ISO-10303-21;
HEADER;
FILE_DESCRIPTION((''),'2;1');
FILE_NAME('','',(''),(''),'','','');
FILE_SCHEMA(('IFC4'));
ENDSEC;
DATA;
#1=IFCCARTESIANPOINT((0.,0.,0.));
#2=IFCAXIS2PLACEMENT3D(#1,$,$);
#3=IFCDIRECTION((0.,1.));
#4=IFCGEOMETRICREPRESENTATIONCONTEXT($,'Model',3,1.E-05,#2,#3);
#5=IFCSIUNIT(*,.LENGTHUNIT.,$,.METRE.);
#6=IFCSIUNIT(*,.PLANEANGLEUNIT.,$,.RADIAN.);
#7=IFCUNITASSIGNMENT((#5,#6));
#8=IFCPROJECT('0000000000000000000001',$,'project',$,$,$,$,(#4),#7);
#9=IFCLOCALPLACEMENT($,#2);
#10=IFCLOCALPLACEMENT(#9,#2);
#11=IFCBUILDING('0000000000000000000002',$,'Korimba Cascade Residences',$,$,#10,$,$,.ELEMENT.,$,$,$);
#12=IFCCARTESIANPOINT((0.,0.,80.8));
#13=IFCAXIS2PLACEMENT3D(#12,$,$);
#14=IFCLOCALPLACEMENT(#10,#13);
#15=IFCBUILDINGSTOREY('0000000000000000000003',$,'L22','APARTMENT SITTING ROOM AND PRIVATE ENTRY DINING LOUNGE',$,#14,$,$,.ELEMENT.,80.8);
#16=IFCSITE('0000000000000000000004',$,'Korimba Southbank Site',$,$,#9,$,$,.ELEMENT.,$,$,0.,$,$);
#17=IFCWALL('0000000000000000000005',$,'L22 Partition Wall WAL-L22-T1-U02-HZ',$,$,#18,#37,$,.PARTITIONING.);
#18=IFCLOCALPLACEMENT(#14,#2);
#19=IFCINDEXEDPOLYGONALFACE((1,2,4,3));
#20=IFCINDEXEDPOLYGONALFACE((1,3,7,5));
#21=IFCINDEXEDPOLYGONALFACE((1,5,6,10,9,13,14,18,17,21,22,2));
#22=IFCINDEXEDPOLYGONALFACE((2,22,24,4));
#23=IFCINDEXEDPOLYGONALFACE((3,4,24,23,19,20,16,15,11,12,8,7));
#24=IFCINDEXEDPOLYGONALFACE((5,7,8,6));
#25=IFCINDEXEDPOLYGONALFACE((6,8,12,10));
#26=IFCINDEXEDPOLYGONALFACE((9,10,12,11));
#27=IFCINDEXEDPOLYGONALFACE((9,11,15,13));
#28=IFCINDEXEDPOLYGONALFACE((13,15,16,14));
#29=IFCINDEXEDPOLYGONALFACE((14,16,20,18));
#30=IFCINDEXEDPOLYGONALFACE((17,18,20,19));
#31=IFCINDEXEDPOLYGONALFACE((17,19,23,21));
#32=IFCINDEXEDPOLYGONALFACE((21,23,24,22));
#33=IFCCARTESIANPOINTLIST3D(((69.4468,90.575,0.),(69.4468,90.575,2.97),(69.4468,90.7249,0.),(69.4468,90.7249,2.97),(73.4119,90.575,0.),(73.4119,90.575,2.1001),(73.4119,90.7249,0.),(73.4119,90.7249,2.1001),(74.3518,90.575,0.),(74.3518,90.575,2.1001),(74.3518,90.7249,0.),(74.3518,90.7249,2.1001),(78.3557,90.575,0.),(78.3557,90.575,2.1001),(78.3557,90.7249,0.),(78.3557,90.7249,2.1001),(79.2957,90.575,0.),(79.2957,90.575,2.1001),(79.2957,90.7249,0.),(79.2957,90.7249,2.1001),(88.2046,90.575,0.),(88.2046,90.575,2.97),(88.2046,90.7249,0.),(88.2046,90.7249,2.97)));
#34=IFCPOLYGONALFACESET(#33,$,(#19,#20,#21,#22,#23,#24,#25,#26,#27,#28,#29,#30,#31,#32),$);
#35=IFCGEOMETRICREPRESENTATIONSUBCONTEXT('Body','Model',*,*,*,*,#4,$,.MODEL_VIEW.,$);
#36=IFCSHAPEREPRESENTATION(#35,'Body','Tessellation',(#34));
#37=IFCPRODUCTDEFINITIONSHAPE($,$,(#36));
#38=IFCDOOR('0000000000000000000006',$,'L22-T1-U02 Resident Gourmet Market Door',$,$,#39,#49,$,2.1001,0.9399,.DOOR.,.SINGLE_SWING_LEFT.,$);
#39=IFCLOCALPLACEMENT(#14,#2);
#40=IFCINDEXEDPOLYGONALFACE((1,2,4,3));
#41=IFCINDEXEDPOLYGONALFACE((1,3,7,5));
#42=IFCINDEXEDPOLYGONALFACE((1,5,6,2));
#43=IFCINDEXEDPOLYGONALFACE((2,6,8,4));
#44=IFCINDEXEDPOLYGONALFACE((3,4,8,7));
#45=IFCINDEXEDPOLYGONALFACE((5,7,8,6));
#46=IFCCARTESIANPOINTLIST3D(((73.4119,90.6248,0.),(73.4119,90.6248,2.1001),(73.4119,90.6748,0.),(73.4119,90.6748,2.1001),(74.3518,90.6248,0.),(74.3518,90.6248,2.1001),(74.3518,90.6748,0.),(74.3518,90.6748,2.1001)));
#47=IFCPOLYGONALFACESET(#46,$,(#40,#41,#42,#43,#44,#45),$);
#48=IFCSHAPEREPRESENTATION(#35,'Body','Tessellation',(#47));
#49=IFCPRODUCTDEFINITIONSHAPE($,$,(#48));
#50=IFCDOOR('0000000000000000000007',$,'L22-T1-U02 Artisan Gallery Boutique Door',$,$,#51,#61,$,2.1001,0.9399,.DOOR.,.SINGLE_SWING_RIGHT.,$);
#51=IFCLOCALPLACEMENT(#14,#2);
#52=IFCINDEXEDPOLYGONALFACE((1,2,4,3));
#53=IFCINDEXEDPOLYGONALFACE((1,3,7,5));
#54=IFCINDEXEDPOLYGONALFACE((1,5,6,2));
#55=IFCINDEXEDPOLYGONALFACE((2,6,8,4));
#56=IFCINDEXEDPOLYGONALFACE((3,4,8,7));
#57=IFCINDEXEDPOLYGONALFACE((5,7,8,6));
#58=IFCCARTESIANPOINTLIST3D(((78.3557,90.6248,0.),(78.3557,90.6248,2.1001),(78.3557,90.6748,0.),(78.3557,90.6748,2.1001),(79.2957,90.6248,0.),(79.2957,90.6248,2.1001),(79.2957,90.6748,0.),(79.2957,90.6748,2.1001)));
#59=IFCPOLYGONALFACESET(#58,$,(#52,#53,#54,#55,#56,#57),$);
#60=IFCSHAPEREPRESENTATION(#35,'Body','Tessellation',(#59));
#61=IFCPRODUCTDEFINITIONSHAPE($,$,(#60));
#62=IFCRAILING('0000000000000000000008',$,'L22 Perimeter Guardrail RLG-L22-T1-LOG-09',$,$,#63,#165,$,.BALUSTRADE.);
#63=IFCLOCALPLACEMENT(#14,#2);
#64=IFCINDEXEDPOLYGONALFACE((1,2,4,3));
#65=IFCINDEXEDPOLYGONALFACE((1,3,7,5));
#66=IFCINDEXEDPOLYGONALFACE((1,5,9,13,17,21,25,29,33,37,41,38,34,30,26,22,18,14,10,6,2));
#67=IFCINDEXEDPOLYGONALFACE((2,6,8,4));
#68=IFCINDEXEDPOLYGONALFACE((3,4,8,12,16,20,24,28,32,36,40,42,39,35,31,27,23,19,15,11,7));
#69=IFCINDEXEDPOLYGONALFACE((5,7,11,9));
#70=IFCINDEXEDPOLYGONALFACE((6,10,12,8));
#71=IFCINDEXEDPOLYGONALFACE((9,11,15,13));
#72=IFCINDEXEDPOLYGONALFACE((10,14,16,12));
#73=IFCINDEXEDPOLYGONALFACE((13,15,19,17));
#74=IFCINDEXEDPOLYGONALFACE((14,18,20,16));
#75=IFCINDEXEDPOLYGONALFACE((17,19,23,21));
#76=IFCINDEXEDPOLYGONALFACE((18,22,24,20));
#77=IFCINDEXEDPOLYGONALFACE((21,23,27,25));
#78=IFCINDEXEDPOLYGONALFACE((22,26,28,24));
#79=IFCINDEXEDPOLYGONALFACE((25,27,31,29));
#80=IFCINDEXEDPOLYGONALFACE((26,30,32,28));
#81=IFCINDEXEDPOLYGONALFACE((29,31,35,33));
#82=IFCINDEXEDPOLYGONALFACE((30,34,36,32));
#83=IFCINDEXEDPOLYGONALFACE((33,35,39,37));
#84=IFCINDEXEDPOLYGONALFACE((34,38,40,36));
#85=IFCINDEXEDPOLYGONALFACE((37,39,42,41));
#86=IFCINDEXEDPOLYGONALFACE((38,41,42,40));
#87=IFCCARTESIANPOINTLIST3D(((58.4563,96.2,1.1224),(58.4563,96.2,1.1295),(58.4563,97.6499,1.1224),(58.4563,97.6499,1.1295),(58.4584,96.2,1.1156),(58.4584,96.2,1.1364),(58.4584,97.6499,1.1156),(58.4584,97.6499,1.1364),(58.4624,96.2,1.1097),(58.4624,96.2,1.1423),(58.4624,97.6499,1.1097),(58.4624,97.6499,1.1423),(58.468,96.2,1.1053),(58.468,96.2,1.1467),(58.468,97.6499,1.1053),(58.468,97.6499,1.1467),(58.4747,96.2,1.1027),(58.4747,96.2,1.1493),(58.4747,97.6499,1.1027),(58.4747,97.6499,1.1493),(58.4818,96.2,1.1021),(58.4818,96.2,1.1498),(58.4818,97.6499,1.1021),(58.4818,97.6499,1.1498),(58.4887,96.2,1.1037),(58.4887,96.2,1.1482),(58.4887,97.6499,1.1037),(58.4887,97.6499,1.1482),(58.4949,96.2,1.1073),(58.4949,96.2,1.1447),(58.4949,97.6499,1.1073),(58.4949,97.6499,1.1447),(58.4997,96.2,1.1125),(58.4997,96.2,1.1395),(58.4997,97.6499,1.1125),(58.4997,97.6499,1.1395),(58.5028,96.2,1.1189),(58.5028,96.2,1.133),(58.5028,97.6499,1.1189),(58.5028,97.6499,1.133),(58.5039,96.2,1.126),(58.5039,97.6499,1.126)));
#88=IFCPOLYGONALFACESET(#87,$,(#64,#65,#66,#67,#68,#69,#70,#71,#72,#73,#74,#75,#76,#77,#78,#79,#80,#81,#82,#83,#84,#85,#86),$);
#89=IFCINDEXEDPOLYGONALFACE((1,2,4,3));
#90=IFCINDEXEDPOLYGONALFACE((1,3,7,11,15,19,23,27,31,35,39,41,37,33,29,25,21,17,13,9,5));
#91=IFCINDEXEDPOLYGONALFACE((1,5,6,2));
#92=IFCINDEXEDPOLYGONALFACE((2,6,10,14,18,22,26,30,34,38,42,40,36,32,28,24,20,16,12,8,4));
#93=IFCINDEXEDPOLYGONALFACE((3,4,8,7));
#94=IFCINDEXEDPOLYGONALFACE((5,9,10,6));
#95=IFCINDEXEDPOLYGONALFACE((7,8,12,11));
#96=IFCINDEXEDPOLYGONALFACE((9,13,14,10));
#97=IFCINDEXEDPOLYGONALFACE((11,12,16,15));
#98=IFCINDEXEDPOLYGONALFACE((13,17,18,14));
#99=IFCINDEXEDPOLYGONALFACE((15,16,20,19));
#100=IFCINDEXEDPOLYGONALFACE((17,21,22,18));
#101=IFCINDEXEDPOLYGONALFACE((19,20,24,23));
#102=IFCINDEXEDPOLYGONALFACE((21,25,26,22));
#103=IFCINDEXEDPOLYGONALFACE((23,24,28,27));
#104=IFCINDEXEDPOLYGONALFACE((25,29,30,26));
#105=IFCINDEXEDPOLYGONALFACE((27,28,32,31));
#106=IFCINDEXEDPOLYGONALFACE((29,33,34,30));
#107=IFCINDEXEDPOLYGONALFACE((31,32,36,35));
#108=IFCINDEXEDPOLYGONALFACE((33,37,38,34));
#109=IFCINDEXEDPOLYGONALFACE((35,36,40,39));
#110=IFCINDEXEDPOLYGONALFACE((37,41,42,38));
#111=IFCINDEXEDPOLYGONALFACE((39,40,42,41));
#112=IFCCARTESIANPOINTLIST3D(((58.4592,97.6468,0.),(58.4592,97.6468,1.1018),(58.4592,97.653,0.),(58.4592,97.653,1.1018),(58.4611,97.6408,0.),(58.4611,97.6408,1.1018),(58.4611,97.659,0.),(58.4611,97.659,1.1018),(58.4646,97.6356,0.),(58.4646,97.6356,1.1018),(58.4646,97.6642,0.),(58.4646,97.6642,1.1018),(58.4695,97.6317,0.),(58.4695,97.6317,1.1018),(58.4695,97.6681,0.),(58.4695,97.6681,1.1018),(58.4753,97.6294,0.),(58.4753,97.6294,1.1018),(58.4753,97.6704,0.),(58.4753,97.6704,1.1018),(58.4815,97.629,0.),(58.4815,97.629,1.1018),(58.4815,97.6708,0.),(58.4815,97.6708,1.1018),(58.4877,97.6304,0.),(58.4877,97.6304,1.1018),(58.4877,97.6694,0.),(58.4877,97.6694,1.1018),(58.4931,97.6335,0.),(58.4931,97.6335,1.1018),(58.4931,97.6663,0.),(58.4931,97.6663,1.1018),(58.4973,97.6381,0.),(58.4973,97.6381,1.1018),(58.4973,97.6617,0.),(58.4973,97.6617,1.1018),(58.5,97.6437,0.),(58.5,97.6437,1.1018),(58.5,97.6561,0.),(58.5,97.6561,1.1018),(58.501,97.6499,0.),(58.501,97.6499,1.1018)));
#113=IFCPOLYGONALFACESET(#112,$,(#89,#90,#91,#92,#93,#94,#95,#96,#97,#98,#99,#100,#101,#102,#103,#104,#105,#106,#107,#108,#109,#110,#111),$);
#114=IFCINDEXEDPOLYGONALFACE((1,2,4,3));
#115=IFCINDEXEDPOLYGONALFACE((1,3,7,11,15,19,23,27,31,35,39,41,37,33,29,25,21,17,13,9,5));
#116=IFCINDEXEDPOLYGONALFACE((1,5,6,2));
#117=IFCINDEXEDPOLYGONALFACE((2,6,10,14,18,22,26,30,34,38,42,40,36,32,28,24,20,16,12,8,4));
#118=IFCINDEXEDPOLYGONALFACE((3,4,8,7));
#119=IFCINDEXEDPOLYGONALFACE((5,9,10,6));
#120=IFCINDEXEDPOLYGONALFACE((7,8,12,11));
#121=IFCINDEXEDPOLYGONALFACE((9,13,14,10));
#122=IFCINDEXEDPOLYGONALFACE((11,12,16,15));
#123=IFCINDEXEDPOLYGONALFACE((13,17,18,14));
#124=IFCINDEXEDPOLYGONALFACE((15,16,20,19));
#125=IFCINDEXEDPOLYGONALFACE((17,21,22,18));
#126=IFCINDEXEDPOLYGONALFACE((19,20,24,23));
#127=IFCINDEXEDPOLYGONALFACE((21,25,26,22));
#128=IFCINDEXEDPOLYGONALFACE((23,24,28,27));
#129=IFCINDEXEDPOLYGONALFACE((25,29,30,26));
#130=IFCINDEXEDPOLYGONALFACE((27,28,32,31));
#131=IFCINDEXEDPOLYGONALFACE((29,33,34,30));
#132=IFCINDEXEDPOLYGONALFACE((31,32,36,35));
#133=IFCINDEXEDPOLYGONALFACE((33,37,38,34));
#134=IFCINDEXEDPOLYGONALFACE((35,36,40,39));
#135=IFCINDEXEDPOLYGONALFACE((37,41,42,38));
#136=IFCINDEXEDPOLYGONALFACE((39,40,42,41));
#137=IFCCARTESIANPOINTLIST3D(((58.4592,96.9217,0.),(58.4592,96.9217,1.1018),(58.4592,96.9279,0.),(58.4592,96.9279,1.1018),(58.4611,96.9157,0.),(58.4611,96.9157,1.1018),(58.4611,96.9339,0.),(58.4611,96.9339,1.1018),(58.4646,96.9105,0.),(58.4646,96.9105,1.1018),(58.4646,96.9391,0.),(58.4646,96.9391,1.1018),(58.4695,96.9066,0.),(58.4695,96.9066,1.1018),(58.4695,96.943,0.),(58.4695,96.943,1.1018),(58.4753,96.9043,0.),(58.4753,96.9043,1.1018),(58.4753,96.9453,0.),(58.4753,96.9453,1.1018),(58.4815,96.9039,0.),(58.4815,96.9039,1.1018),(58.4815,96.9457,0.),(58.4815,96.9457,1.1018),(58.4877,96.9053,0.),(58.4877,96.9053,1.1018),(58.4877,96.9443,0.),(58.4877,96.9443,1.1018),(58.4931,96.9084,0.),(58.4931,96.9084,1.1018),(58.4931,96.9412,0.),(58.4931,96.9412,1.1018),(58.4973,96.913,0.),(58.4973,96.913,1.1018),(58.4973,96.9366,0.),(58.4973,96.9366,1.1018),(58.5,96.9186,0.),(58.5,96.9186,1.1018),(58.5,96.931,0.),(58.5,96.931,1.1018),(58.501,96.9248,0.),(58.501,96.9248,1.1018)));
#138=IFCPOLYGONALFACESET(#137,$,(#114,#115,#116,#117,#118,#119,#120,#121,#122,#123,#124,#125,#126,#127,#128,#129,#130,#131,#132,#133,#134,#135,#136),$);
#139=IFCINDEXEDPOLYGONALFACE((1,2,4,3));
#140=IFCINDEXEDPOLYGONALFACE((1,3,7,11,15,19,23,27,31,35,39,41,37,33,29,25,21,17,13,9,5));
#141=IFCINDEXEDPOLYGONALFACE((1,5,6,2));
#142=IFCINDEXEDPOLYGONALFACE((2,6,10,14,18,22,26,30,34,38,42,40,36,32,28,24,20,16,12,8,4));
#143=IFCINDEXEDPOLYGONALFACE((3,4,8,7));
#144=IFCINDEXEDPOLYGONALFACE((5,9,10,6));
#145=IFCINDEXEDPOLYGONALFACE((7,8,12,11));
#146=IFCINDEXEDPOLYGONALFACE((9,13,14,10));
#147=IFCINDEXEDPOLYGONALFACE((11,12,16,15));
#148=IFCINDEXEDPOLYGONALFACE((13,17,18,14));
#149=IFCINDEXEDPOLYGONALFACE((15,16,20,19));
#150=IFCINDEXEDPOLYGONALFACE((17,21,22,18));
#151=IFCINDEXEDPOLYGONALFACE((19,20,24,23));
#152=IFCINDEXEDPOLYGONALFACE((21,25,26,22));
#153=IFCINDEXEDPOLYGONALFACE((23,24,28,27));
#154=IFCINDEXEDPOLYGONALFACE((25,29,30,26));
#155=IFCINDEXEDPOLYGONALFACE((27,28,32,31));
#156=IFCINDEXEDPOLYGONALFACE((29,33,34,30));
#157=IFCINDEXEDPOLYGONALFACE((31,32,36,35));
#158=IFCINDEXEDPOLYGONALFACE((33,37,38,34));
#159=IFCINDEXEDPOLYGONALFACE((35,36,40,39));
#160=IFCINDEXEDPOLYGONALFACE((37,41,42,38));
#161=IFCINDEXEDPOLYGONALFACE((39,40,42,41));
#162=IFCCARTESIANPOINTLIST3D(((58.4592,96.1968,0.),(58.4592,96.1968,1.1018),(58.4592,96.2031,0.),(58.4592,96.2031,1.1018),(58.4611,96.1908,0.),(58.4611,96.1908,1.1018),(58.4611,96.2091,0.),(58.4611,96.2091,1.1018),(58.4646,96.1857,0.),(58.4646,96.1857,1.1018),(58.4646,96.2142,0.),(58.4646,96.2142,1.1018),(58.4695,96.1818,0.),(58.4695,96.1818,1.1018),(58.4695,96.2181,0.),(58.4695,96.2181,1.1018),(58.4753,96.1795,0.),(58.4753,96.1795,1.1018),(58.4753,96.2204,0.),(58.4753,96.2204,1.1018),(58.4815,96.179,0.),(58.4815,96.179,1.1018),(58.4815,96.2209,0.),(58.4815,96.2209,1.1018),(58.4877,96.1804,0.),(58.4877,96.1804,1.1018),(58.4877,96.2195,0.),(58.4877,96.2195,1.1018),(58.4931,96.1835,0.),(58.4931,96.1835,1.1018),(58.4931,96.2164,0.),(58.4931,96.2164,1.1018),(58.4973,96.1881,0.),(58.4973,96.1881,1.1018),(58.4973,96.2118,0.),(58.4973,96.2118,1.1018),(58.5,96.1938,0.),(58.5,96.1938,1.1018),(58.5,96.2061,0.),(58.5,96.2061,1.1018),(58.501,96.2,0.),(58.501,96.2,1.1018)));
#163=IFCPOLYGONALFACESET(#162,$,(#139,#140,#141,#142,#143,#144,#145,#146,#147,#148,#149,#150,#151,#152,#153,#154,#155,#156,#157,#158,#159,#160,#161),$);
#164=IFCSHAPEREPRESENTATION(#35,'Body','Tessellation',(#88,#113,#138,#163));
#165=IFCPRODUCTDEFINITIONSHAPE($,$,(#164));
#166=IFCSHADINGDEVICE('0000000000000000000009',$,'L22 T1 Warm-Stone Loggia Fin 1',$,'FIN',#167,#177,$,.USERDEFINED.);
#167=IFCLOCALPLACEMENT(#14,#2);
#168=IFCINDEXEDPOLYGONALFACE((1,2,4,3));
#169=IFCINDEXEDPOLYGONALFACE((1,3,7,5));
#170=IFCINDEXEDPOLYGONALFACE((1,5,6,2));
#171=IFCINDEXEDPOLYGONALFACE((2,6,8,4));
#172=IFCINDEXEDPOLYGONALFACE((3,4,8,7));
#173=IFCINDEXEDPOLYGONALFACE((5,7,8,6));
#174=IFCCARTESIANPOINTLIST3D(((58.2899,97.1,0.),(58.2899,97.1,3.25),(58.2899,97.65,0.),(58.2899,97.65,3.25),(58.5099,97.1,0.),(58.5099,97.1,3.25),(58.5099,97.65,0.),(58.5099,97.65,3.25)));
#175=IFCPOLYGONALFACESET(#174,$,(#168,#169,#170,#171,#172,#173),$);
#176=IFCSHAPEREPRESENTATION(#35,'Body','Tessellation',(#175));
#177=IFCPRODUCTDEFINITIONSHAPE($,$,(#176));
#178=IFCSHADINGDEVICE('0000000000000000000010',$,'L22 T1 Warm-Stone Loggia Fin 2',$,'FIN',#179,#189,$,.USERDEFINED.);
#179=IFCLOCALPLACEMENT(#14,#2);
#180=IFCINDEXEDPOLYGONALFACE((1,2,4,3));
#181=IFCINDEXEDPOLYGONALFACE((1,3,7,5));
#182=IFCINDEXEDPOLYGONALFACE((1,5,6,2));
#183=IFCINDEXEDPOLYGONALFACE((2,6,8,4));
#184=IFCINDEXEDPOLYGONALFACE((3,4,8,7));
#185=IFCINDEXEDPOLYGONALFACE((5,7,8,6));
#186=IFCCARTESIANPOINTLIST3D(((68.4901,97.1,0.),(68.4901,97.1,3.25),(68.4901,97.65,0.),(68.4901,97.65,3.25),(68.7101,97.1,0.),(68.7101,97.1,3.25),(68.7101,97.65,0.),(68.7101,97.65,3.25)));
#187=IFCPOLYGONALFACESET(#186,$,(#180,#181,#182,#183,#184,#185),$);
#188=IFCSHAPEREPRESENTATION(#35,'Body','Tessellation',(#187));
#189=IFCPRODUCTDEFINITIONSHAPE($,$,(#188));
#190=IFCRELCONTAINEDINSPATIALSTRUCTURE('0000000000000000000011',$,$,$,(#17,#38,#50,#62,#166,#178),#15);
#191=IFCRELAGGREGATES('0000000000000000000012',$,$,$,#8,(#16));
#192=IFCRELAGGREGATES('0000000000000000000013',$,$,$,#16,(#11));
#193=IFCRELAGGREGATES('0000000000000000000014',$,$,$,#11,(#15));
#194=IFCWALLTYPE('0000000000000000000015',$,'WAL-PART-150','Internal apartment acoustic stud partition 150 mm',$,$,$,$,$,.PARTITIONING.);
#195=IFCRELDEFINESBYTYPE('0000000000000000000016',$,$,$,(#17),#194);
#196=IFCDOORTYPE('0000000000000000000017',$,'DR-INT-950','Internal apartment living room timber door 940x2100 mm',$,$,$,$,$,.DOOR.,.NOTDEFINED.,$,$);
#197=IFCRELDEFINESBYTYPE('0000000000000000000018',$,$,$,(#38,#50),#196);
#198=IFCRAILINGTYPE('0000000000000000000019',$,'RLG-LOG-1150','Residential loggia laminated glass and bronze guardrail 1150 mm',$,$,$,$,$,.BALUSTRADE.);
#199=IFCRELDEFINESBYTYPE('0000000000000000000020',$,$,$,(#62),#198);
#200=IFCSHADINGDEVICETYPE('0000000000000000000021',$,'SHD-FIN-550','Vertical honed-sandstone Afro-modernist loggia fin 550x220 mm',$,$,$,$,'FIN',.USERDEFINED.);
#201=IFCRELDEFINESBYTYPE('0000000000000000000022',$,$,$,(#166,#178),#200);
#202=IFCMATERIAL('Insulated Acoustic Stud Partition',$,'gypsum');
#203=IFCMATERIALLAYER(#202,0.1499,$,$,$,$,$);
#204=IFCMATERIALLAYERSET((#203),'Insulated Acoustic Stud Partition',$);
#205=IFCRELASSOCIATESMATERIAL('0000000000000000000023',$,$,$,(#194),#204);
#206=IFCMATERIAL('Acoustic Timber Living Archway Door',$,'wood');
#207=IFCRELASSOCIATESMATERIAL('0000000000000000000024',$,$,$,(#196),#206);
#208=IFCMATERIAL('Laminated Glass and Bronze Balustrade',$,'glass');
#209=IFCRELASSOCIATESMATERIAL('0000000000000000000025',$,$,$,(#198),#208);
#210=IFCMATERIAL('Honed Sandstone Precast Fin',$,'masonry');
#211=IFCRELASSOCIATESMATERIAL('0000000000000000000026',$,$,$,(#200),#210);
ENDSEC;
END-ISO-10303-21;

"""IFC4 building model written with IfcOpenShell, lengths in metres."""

from ifc_helpers import new_model, si_unit, direction, frame, frame_2d, origin, origin_2d, place, context, subcontext, project, spatial, rectangle, circle, extrude, material, layer, layer_set, type_object, element, fill, save


model = new_model("IFC4")

# Units and contexts
model_context = context("Model", 3, precision=1e-05, world=origin(), true_north=direction((0.0, 1.0)))
body_context = subcontext(model_context, "Body", "Model", "MODEL_VIEW")
ifc_project = project(units=[si_unit("LENGTHUNIT", "METRE"), si_unit("PLANEANGLEUNIT", "RADIAN")], contexts=[model_context])

# Site, building, storey
site_placement = place(None, origin())
site = spatial("IfcSite", under=ifc_project, at=site_placement, Name="Korimba Southbank Site", CompositionType="ELEMENT", RefElevation=0.0)
building_placement = place(site_placement, origin())
building = spatial("IfcBuilding", under=site, at=building_placement, Name="Korimba Cascade Residences", CompositionType="ELEMENT")
storey_placement = place(building_placement, frame((0.0, 0.0, 80.8)))
storey = spatial("IfcBuildingStorey", under=building, at=storey_placement, Name="L22", Description="APARTMENT SITTING ROOM AND PRIVATE ENTRY DINING LOUNGE", CompositionType="ELEMENT", Elevation=80.8)

# Shared definitions
ifc_material_1 = material(Name="Insulated Acoustic Stud Partition", Category="gypsum")
ifc_layer_1 = layer(ifc_material_1, 0.1499)
ifc_layer_set_1 = layer_set([ifc_layer_1], Name="Insulated Acoustic Stud Partition")
wall_type_1 = type_object("IfcWallType", Name="WAL-PART-150", Description="Internal apartment acoustic stud partition 150 mm", PredefinedType="PARTITIONING", material=ifc_layer_set_1)

# Shared definitions
ifc_material_2 = material(Name="Acoustic Timber Living Archway Door", Category="wood")
door_type = type_object("IfcDoorType", Name="DR-INT-950", Description="Internal apartment living room timber door 940x2100 mm", OperationType="NOTDEFINED", PredefinedType="DOOR", material=ifc_material_2)

# Wall, openings, doors
wall_1_placement = place(storey_placement, frame((69.4468, 90.6499, 0.0), z_axis=(0.0, 0.0, 1.0), x_axis=(1.0, 0.0, 0.0)))
wall_1 = element("IfcWall", 1, at=wall_1_placement, inside=storey, type_object=wall_type_1, Name="L22 Partition Wall WAL-L22-T1-U02-HZ", PredefinedType="PARTITIONING", context=body_context, shape_type="SweptSolid", body=[
    extrude(rectangle(XDim=18.7578, YDim=0.1499, at=frame_2d((9.3789, 0.0))), origin(), (0.0, 0.0, 1.0), 2.97),
])
opening_1_placement = place(wall_1_placement, frame((3.9651, 0.0, 0.0)))
opening_1 = element("IfcOpeningElement", 2, at=opening_1_placement, cuts=wall_1, PredefinedType="OPENING", context=body_context, shape_type="SweptSolid", body=[
    extrude(rectangle(XDim=0.9399, YDim=2.1001, at=frame_2d((0.47, 1.05))), frame((0.0, 0.085, 0.0), z_axis=(0.0, -1.0, 0.0), x_axis=(1.0, 0.0, 0.0)), (0.0, 0.0, 1.0), 0.1699),
])
opening_2_placement = place(wall_1_placement, frame((8.9089, 0.0, 0.0)))
opening_2 = element("IfcOpeningElement", 3, at=opening_2_placement, cuts=wall_1, PredefinedType="OPENING", context=body_context, shape_type="SweptSolid", body=[
    extrude(rectangle(XDim=0.9399, YDim=2.1001, at=frame_2d((0.47, 1.05))), frame((0.0, 0.085, 0.0), z_axis=(0.0, -1.0, 0.0), x_axis=(1.0, 0.0, 0.0)), (0.0, 0.0, 1.0), 0.1699),
])
door_1_placement = place(opening_1_placement, origin())
door_1 = element("IfcDoor", 4, at=door_1_placement, inside=storey, type_object=door_type, Name="L22-T1-U02 Resident Gourmet Market Door", OperationType="SINGLE_SWING_LEFT", OverallHeight=2.1001, OverallWidth=0.9399, PredefinedType="DOOR", context=body_context, shape_type="SweptSolid", body=[
    extrude(rectangle(XDim=0.9399, YDim=2.1001, at=frame_2d((0.47, 1.05))), frame((0.0, 0.0249, 0.0), z_axis=(0.0, -1.0, 0.0), x_axis=(1.0, 0.0, 0.0)), (0.0, 0.0, 1.0), 0.05),
])
fill(opening_1, door_1)
door_2_placement = place(opening_2_placement, origin())
door_2 = element("IfcDoor", 5, at=door_2_placement, inside=storey, type_object=door_type, Name="L22-T1-U02 Artisan Gallery Boutique Door", OperationType="SINGLE_SWING_RIGHT", OverallHeight=2.1001, OverallWidth=0.9399, PredefinedType="DOOR", context=body_context, shape_type="SweptSolid", body=[
    extrude(rectangle(XDim=0.9399, YDim=2.1001, at=frame_2d((0.47, 1.05))), frame((0.0, 0.0249, 0.0), z_axis=(0.0, -1.0, 0.0), x_axis=(1.0, 0.0, 0.0)), (0.0, 0.0, 1.0), 0.05),
])
fill(opening_2, door_2)

# Railing
ifc_material_3 = material(Name="Laminated Glass and Bronze Balustrade", Category="glass")
railing_type = type_object("IfcRailingType", Name="RLG-LOG-1150", Description="Residential loggia laminated glass and bronze guardrail 1150 mm", PredefinedType="BALUSTRADE", material=ifc_material_3)
railing_1_placement = place(storey_placement, frame((58.48, 97.6499, 0.0)))
element("IfcRailing", 6, at=railing_1_placement, inside=storey, type_object=railing_type, Name="L22 Perimeter Guardrail RLG-L22-T1-LOG-09", PredefinedType="BALUSTRADE", context=body_context, shape_type="SweptSolid", body=[
    extrude(circle(Radius=0.0239, at=origin_2d()), frame((0.0, 0.0, 1.126), z_axis=(0.0, -1.0, 0.0), x_axis=(1.0, 0.0, 0.0)), (0.0, 0.0, 1.0), 1.45),
    extrude(circle(Radius=0.021, at=origin_2d()), origin(), (0.0, 0.0, 1.0), 1.1018),
    extrude(circle(Radius=0.021, at=origin_2d()), frame((0.0, -0.7251, 0.0)), (0.0, 0.0, 1.0), 1.1018),
    extrude(circle(Radius=0.021, at=origin_2d()), frame((0.0, -1.45, 0.0)), (0.0, 0.0, 1.0), 1.1018),
])

# Shading devices
ifc_material_4 = material(Name="Honed Sandstone Precast Fin", Category="masonry")
shading_device_type = type_object("IfcShadingDeviceType", Name="SHD-FIN-550", Description="Vertical honed-sandstone Afro-modernist loggia fin 550x220 mm", ElementType="FIN", PredefinedType="USERDEFINED", material=ifc_material_4)
for number, where, z_axis, x_axis, name in (
    (7, (58.3999, 97.375, 0.0), (0.0, 0.0, 1.0), (1.0, 0.0, 0.0), "L22 T1 Warm-Stone Loggia Fin 1"),
    (8, (68.6001, 97.375, 0.0), (0.0, 0.0, 1.0), (1.0, 0.0, 0.0), "L22 T1 Warm-Stone Loggia Fin 2"),
):
    element("IfcShadingDevice", number, at=place(storey_placement, frame(where, z_axis=z_axis, x_axis=x_axis)), inside=storey, type_object=shading_device_type, Name=name, ObjectType="FIN", PredefinedType="USERDEFINED", context=body_context, shape_type="SweptSolid", body=[
        extrude(rectangle(XDim=0.22, YDim=0.55, at=origin_2d()), origin(), (0.0, 0.0, 1.0), 3.25),
    ])

save(model, "model.ifc")
